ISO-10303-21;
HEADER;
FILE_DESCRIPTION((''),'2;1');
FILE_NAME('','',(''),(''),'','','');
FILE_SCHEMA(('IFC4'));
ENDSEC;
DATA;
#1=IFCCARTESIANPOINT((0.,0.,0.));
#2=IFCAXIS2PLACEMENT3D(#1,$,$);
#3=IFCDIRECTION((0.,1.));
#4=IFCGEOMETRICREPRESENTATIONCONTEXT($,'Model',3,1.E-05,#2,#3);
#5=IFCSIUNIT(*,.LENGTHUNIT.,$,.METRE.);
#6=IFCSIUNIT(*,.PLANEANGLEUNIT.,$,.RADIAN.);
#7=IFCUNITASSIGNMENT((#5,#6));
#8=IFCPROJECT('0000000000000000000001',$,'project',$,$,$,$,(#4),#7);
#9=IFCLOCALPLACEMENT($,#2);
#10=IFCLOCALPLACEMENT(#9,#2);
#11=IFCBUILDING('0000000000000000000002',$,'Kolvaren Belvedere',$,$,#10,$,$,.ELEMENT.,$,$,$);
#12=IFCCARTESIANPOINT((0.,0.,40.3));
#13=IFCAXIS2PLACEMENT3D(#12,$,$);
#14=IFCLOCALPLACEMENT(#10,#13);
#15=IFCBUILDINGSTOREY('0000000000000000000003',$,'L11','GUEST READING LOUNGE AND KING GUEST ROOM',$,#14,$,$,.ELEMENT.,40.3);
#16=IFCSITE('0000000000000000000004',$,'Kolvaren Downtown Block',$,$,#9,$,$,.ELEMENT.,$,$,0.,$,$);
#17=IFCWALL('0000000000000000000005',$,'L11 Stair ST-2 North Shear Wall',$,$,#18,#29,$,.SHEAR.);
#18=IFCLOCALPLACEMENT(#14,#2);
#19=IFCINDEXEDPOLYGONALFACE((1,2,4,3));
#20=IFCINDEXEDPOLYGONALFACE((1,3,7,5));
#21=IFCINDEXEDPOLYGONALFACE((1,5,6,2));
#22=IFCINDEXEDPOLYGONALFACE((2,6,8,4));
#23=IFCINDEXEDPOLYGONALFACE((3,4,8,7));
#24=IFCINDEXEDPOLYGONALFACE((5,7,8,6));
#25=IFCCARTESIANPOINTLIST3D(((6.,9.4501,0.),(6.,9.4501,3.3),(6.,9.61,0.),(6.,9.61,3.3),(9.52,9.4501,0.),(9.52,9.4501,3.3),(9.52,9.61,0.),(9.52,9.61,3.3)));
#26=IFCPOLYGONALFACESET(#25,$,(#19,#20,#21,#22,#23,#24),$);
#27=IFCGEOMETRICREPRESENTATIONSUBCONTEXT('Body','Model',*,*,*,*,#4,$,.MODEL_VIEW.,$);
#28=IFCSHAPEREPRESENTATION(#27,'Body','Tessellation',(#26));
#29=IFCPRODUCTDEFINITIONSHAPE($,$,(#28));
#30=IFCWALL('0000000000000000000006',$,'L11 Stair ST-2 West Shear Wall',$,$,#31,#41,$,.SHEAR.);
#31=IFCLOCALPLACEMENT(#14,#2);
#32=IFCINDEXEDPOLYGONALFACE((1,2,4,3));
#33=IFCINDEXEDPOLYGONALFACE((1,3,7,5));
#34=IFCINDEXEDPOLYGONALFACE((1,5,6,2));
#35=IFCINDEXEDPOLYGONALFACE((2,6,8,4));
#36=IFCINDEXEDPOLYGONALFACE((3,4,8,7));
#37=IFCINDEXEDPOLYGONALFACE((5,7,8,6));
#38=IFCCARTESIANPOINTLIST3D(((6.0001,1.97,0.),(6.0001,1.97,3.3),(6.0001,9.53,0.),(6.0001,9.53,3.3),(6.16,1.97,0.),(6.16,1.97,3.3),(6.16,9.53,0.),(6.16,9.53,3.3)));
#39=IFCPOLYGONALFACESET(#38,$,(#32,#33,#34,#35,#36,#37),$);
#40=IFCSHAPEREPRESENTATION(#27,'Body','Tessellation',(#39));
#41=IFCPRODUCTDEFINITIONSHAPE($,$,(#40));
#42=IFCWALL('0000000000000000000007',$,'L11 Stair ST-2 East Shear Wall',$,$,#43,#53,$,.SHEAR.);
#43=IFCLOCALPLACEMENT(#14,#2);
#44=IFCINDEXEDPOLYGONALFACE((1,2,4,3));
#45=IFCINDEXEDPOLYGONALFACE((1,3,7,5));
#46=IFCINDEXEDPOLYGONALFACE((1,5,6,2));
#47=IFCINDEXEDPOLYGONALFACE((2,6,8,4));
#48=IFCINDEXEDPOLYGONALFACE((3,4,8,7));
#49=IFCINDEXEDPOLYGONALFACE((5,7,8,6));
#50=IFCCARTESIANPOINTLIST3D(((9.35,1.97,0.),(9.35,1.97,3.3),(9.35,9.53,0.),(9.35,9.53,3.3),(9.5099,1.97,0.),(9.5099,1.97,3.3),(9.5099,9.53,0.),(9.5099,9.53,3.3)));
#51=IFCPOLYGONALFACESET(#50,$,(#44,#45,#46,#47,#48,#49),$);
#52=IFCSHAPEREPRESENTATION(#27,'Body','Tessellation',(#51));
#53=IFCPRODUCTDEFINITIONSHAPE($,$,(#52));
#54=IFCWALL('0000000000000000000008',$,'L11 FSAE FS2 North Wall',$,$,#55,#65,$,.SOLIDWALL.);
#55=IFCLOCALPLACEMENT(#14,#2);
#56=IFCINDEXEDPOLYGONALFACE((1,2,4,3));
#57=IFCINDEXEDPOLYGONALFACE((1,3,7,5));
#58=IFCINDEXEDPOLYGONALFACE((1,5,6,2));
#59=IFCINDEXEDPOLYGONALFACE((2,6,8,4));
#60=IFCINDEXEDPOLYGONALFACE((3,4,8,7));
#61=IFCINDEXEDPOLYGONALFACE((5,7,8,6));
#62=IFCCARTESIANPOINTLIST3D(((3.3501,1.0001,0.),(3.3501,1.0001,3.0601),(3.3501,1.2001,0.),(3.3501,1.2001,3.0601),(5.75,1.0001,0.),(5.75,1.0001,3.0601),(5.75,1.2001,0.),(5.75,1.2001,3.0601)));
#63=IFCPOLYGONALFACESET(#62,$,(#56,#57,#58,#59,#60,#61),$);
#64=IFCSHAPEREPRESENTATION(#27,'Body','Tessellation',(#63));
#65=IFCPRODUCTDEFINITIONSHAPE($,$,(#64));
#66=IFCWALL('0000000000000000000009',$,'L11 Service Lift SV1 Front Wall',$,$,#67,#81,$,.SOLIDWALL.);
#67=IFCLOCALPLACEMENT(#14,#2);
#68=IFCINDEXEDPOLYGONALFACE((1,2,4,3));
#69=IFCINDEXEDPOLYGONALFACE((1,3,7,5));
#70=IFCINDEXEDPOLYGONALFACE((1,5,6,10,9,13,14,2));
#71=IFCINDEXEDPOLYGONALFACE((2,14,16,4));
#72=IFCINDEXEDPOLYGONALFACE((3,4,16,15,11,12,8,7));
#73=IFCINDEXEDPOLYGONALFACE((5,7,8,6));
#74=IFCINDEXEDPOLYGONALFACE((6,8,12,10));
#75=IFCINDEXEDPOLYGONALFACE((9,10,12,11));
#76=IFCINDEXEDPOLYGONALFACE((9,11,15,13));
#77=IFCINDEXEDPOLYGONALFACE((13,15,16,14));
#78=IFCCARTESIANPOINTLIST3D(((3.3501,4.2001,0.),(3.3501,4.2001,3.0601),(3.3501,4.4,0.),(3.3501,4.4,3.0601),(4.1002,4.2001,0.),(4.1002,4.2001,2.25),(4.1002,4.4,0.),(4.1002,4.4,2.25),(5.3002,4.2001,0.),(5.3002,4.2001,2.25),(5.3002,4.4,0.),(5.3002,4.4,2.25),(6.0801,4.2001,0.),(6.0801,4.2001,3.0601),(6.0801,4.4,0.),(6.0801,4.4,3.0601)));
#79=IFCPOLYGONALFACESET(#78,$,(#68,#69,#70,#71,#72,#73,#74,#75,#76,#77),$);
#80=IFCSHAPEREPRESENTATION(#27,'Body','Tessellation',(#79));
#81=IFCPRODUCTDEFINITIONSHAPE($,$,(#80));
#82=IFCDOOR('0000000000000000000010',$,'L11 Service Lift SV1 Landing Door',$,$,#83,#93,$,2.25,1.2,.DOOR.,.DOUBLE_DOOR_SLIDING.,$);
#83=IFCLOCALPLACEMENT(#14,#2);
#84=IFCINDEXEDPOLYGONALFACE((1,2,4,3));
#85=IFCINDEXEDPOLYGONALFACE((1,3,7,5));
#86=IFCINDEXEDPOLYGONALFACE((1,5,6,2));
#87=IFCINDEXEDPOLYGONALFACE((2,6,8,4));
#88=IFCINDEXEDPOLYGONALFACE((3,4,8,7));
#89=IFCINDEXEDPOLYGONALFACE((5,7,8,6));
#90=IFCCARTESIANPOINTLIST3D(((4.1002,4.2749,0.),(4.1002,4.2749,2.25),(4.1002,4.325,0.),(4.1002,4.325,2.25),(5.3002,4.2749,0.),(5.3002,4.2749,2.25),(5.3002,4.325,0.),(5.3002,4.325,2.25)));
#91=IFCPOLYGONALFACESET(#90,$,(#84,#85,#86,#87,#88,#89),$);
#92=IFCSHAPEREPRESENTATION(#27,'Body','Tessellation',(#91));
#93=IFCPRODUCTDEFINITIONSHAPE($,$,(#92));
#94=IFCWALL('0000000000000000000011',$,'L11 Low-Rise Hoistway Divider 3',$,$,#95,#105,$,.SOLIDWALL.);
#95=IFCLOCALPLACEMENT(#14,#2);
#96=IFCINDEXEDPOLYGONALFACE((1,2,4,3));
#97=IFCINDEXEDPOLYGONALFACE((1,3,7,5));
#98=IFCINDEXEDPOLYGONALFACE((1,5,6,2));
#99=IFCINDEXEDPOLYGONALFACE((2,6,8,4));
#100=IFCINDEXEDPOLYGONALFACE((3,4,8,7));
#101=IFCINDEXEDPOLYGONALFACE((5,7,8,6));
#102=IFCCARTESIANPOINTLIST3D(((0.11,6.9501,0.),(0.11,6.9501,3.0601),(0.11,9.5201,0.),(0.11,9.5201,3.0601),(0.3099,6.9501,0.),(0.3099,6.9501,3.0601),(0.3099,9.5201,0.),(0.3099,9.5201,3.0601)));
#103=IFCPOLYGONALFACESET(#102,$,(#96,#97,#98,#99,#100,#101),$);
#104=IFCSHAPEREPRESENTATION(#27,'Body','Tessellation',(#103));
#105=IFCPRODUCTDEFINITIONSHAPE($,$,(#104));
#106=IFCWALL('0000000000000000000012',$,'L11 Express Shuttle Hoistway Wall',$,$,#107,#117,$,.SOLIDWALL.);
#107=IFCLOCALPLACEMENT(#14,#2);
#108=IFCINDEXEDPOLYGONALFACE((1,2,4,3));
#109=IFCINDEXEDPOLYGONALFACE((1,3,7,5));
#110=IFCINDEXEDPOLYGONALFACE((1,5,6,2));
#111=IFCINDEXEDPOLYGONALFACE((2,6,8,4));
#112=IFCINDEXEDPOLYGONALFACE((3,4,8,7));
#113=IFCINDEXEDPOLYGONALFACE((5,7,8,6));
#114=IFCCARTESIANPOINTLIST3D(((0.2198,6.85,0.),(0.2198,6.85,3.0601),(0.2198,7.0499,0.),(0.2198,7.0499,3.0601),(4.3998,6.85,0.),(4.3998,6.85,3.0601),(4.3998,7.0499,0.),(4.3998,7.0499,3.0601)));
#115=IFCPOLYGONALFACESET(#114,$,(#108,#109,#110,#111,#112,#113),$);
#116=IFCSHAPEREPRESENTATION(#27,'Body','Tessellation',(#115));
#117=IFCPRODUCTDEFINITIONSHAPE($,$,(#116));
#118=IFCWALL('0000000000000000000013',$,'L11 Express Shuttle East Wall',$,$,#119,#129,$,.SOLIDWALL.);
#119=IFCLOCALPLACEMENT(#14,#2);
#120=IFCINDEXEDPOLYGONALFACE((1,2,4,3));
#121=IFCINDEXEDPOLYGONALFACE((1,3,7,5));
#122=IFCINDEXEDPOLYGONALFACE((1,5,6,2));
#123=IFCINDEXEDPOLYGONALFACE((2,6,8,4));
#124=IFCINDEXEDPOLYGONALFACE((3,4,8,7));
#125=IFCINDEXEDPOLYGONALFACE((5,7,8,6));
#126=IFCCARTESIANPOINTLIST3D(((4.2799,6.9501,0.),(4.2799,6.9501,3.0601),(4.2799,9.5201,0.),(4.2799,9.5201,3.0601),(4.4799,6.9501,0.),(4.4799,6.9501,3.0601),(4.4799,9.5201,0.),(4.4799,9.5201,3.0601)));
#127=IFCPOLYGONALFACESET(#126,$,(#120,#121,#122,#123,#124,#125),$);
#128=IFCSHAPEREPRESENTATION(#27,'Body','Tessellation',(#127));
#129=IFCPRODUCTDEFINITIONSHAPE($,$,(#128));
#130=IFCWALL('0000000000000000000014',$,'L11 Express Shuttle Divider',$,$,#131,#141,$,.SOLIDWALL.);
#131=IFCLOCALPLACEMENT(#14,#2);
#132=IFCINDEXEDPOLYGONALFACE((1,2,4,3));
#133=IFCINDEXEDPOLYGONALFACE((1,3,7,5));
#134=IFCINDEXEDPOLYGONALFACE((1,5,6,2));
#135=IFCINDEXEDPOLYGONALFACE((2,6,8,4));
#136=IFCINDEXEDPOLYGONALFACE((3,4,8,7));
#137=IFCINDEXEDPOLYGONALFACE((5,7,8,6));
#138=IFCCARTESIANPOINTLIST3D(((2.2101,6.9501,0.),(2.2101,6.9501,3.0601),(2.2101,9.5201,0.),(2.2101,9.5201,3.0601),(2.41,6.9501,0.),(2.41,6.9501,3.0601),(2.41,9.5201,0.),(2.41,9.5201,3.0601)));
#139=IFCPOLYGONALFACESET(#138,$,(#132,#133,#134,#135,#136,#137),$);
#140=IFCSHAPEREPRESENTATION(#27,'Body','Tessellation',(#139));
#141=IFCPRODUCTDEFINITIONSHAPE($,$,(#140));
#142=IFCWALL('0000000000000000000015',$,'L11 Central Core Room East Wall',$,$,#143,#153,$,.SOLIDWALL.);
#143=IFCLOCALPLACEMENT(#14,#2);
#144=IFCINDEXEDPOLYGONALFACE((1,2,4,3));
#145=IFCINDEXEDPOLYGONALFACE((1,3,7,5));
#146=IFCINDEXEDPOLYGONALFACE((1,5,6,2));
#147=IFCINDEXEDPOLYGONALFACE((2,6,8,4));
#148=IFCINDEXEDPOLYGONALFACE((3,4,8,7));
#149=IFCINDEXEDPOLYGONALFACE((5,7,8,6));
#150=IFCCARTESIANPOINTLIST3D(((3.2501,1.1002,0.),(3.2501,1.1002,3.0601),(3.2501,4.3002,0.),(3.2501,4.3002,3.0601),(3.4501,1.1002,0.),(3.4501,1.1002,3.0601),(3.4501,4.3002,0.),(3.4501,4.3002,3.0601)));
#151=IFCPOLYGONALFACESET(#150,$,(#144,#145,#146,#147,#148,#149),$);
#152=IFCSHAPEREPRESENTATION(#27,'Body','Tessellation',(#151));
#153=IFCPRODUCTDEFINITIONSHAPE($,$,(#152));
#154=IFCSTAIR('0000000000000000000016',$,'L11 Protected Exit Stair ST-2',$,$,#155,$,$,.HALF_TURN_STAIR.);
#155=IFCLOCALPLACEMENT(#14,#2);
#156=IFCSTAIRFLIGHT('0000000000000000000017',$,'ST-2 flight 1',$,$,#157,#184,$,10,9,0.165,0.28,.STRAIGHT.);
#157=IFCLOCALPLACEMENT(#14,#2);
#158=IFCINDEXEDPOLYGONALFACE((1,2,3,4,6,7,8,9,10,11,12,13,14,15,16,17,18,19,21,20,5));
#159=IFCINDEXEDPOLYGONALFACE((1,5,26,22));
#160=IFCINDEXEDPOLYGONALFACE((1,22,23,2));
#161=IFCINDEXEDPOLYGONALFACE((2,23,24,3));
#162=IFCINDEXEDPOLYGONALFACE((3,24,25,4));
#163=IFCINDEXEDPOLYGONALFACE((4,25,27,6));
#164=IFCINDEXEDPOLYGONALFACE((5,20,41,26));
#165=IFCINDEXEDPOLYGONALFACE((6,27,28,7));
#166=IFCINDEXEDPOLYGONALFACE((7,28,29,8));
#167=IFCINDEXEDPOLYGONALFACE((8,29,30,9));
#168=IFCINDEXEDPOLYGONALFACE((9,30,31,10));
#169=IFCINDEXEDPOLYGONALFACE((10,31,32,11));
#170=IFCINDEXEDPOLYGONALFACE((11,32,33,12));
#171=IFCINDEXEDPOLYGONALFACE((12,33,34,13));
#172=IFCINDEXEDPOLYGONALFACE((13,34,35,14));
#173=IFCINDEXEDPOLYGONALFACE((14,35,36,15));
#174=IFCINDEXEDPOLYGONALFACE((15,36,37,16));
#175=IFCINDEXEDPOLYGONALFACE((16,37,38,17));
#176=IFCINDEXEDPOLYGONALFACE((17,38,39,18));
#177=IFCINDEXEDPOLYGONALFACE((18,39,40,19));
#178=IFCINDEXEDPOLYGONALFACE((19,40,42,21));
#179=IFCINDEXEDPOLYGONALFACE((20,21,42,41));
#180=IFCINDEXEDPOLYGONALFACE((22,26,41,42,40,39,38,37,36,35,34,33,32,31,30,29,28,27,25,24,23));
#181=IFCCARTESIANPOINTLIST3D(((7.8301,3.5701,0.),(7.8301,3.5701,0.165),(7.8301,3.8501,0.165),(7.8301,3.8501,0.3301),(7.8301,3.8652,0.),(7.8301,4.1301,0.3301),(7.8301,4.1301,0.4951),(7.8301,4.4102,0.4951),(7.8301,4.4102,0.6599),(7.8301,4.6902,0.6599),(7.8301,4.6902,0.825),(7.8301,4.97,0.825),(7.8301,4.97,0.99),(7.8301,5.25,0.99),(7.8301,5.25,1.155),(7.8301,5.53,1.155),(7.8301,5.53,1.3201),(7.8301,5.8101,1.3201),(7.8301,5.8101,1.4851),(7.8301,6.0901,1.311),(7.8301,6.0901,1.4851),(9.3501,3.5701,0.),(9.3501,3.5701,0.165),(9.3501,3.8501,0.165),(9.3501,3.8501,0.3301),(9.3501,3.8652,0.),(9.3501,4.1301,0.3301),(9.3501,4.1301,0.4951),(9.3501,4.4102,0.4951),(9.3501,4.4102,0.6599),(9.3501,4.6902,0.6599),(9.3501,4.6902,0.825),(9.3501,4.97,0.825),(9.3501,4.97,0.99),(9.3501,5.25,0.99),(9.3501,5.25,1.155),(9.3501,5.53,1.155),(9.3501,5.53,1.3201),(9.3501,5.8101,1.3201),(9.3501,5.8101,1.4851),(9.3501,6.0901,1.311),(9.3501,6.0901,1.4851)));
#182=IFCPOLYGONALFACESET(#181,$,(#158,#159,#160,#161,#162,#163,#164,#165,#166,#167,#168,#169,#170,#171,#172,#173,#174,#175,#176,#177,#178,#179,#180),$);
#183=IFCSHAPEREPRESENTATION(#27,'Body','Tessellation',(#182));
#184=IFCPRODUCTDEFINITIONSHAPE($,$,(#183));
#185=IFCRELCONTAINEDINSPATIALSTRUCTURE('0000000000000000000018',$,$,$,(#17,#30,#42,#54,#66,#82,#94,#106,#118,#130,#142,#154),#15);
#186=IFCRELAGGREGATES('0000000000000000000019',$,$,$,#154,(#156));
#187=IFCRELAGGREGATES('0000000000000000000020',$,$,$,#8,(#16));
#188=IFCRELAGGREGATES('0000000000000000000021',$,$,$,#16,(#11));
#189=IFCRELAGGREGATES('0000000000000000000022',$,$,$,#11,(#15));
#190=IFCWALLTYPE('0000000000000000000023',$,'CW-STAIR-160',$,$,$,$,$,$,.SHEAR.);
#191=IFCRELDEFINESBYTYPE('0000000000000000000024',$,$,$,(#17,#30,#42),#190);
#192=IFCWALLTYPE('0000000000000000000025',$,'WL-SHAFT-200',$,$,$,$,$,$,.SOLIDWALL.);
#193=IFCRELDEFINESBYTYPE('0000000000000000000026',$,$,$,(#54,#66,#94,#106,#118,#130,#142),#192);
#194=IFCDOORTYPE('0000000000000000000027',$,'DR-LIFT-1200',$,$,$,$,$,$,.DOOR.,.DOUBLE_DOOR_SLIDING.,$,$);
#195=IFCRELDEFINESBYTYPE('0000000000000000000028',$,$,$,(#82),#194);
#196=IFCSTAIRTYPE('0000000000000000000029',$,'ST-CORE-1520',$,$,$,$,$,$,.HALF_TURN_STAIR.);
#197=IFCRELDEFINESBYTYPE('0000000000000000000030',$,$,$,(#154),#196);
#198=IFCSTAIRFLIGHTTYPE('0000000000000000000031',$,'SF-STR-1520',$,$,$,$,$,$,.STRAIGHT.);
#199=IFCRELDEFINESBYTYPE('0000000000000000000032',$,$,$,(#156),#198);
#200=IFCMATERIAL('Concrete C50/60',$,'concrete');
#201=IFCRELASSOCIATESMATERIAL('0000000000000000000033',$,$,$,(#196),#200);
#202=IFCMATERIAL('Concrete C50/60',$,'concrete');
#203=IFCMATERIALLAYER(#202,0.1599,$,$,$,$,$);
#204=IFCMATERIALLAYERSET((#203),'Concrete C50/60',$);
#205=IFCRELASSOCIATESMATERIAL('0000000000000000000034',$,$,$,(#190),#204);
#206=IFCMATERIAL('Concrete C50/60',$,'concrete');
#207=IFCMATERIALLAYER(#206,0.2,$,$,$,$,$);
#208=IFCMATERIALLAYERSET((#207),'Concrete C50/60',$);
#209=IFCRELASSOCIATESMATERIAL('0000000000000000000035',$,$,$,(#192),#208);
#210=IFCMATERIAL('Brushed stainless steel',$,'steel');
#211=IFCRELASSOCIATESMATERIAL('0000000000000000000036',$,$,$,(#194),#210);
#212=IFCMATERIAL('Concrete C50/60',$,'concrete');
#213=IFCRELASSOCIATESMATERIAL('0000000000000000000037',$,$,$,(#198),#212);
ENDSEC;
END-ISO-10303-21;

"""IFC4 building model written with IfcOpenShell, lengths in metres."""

from ifc_helpers import new_model, si_unit, direction, frame, frame_2d, origin, place, context, subcontext, project, spatial, polyline, rectangle, outline, extrude, material, layer, layer_set, type_object, element, fill, aggregate, save


model = new_model("IFC4")

# Units and contexts
model_context = context("Model", 3, precision=1e-05, world=origin(), true_north=direction((0.0, 1.0)))
body_context = subcontext(model_context, "Body", "Model", "MODEL_VIEW")
ifc_project = project(units=[si_unit("LENGTHUNIT", "METRE"), si_unit("PLANEANGLEUNIT", "RADIAN")], contexts=[model_context])

# Site, building, storey
site_placement = place(None, origin())
site = spatial("IfcSite", under=ifc_project, at=site_placement, Name="Kolvaren Downtown Block", CompositionType="ELEMENT", RefElevation=0.0)
building_placement = place(site_placement, origin())
building = spatial("IfcBuilding", under=site, at=building_placement, Name="Kolvaren Belvedere", CompositionType="ELEMENT")
storey_placement = place(building_placement, frame((0.0, 0.0, 40.3)))
storey = spatial("IfcBuildingStorey", under=building, at=storey_placement, Name="L11", Description="GUEST READING LOUNGE AND KING GUEST ROOM", CompositionType="ELEMENT", Elevation=40.3)

# Shared definitions
ifc_material_1 = material(Name="Concrete C50/60", Category="concrete")
stair_type = type_object("IfcStairType", Name="ST-CORE-1520", PredefinedType="HALF_TURN_STAIR", material=ifc_material_1)

# Shared definitions
ifc_material_2 = material(Name="Concrete C50/60", Category="concrete")
ifc_layer_1 = layer(ifc_material_2, 0.1599)
ifc_layer_set_1 = layer_set([ifc_layer_1], Name="Concrete C50/60")
wall_type_1 = type_object("IfcWallType", Name="CW-STAIR-160", PredefinedType="SHEAR", material=ifc_layer_set_1)

# Walls
wall_1_placement = place(storey_placement, frame((6.0, 9.53, 0.0), z_axis=(0.0, 0.0, 1.0), x_axis=(1.0, 0.0, 0.0)))
element("IfcWall", 1, at=wall_1_placement, inside=storey, type_object=wall_type_1, Name="L11 Stair ST-2 North Shear Wall", PredefinedType="SHEAR", context=body_context, shape_type="SweptSolid", body=[
    extrude(rectangle(XDim=3.52, YDim=0.1599, at=frame_2d((1.76, 0.0))), origin(), (0.0, 0.0, 1.0), 3.3),
])
for number, where, z_axis, x_axis, name in (
    (2, (6.0801, 1.97, 0.0), (0.0, 0.0, 1.0), (0.0, 1.0, 0.0), "L11 Stair ST-2 West Shear Wall"),
    (3, (9.4299, 1.97, 0.0), (0.0, 0.0, 1.0), (0.0, 1.0, 0.0), "L11 Stair ST-2 East Shear Wall"),
):
    element("IfcWall", number, at=place(storey_placement, frame(where, z_axis=z_axis, x_axis=x_axis)), inside=storey, type_object=wall_type_1, Name=name, PredefinedType="SHEAR", context=body_context, shape_type="SweptSolid", body=[
        extrude(rectangle(XDim=7.5601, YDim=0.1599, at=frame_2d((3.78, 0.0))), origin(), (0.0, 0.0, 1.0), 3.3),
    ])
ifc_material_3 = material(Name="Concrete C50/60", Category="concrete")
ifc_layer_2 = layer(ifc_material_3, 0.2)
ifc_layer_set_2 = layer_set([ifc_layer_2], Name="Concrete C50/60")
wall_type_2 = type_object("IfcWallType", Name="WL-SHAFT-200", PredefinedType="SOLIDWALL", material=ifc_layer_set_2)
wall_2_placement = place(storey_placement, frame((3.3501, 1.1001, 0.0), z_axis=(0.0, 0.0, 1.0), x_axis=(1.0, 0.0, 0.0)))
element("IfcWall", 4, at=wall_2_placement, inside=storey, type_object=wall_type_2, Name="L11 FSAE FS2 North Wall", PredefinedType="SOLIDWALL", context=body_context, shape_type="SweptSolid", body=[
    extrude(rectangle(XDim=2.3999, YDim=0.2, at=frame_2d((1.2, 0.0))), origin(), (0.0, 0.0, 1.0), 3.0601),
])

# Wall, opening, door
wall_3_placement = place(storey_placement, frame((3.3501, 4.3, 0.0), z_axis=(0.0, 0.0, 1.0), x_axis=(1.0, 0.0, 0.0)))
wall_3 = element("IfcWall", 5, at=wall_3_placement, inside=storey, type_object=wall_type_2, Name="L11 Service Lift SV1 Front Wall", PredefinedType="SOLIDWALL", context=body_context, shape_type="SweptSolid", body=[
    extrude(rectangle(XDim=2.73, YDim=0.2, at=frame_2d((1.365, 0.0))), origin(), (0.0, 0.0, 1.0), 3.0601),
])
opening_1_placement = place(wall_3_placement, frame((0.75, 0.0, 0.0)))
opening_1 = element("IfcOpeningElement", 6, at=opening_1_placement, cuts=wall_3, PredefinedType="OPENING", context=body_context, shape_type="SweptSolid", body=[
    extrude(rectangle(XDim=1.2, YDim=2.25, at=frame_2d((0.6001, 1.125))), frame((0.0, 0.1099, 0.0), z_axis=(0.0, -1.0, 0.0), x_axis=(1.0, 0.0, 0.0)), (0.0, 0.0, 1.0), 0.22),
])
ifc_material_4 = material(Name="Brushed stainless steel", Category="steel")
door_type_1 = type_object("IfcDoorType", Name="DR-LIFT-1200", OperationType="DOUBLE_DOOR_SLIDING", PredefinedType="DOOR", material=ifc_material_4)
door_1_placement = place(opening_1_placement, origin())
door_1 = element("IfcDoor", 7, at=door_1_placement, inside=storey, type_object=door_type_1, Name="L11 Service Lift SV1 Landing Door", OperationType="DOUBLE_DOOR_SLIDING", OverallHeight=2.25, OverallWidth=1.2, PredefinedType="DOOR", context=body_context, shape_type="SweptSolid", body=[
    extrude(rectangle(XDim=1.2, YDim=2.25, at=frame_2d((0.6001, 1.125))), frame((0.0, 0.0249, 0.0), z_axis=(0.0, -1.0, 0.0), x_axis=(1.0, 0.0, 0.0)), (0.0, 0.0, 1.0), 0.05),
])
fill(opening_1, door_1)

# Walls
wall_4_placement = place(storey_placement, frame((0.21, 6.95, 0.0), z_axis=(0.0, 0.0, 1.0), x_axis=(0.0, 1.0, 0.0)))
element("IfcWall", 8, at=wall_4_placement, inside=storey, type_object=wall_type_2, Name="L11 Low-Rise Hoistway Divider 3", PredefinedType="SOLIDWALL", context=body_context, shape_type="SweptSolid", body=[
    extrude(rectangle(XDim=2.5701, YDim=0.2, at=frame_2d((1.2852, 0.0))), origin(), (0.0, 0.0, 1.0), 3.0601),
])
wall_5_placement = place(storey_placement, frame((0.22, 6.95, 0.0), z_axis=(0.0, 0.0, 1.0), x_axis=(1.0, 0.0, 0.0)))
element("IfcWall", 9, at=wall_5_placement, inside=storey, type_object=wall_type_2, Name="L11 Express Shuttle Hoistway Wall", PredefinedType="SOLIDWALL", context=body_context, shape_type="SweptSolid", body=[
    extrude(rectangle(XDim=4.1799, YDim=0.2, at=frame_2d((2.0898, 0.0))), origin(), (0.0, 0.0, 1.0), 3.0601),
])
for number, where, z_axis, x_axis, name in (
    (10, (4.3799, 6.95, 0.0), (0.0, 0.0, 1.0), (0.0, 1.0, 0.0), "L11 Express Shuttle East Wall"),
    (11, (2.3101, 6.95, 0.0), (0.0, 0.0, 1.0), (0.0, 1.0, 0.0), "L11 Express Shuttle Divider"),
):
    element("IfcWall", number, at=place(storey_placement, frame(where, z_axis=z_axis, x_axis=x_axis)), inside=storey, type_object=wall_type_2, Name=name, PredefinedType="SOLIDWALL", context=body_context, shape_type="SweptSolid", body=[
        extrude(rectangle(XDim=2.5701, YDim=0.2, at=frame_2d((1.2852, 0.0))), origin(), (0.0, 0.0, 1.0), 3.0601),
    ])
wall_6_placement = place(storey_placement, frame((3.3501, 1.1001, 0.0), z_axis=(0.0, 0.0, 1.0), x_axis=(0.0, 1.0, 0.0)))
element("IfcWall", 12, at=wall_6_placement, inside=storey, type_object=wall_type_2, Name="L11 Central Core Room East Wall", PredefinedType="SOLIDWALL", context=body_context, shape_type="SweptSolid", body=[
    extrude(rectangle(XDim=3.2, YDim=0.2, at=frame_2d((1.6001, 0.0))), origin(), (0.0, 0.0, 1.0), 3.0601),
])

# Stair, stair flight
stair_1_placement = place(storey_placement, origin())
stair_1 = element("IfcStair", 13, at=stair_1_placement, inside=storey, type_object=stair_type, Name="L11 Protected Exit Stair ST-2", PredefinedType="HALF_TURN_STAIR")
ifc_material_5 = material(Name="Concrete C50/60", Category="concrete")
stair_flight_type = type_object("IfcStairFlightType", Name="SF-STR-1520", PredefinedType="STRAIGHT", material=ifc_material_5)
stair_flight_1_placement = place(storey_placement, frame((8.5901, 3.5701, 0.0), z_axis=(0.0, 0.0, 1.0), x_axis=(0.0, 1.0, 0.0)))
stair_flight_1 = element("IfcStairFlight", 14, at=stair_flight_1_placement, type_object=stair_flight_type, Name="ST-2 flight 1", NumberOfRisers=10, NumberOfTreads=9, PredefinedType="STRAIGHT", RiserHeight=0.165, TreadLength=0.28, context=body_context, shape_type="SweptSolid", body=[
    extrude(outline(polyline([(0.0, 0.0), (0.0, 0.165), (0.28, 0.165), (0.28, 0.3301), (0.5601, 0.3301), (0.5601, 0.4951), (0.8401, 0.4951), (0.8401, 0.6599), (1.1201, 0.6599), (1.1201, 0.825), (1.3999, 0.825), (1.3999, 0.99), (1.6799, 0.99), (1.6799, 1.155), (1.96, 1.155), (1.96, 1.3201), (2.24, 1.3201), (2.24, 1.4851), (2.52, 1.4851), (2.52, 1.6499), (2.52, 1.311), (0.2952, 0.0), (0.0, 0.0)])), frame((0.0, 0.76, 0.0), z_axis=(0.0, -1.0, 0.0), x_axis=(1.0, 0.0, 0.0)), (0.0, 0.0, 1.0), 1.52),
])
aggregate(stair_1, [stair_flight_1])

save(model, "model.ifc")
